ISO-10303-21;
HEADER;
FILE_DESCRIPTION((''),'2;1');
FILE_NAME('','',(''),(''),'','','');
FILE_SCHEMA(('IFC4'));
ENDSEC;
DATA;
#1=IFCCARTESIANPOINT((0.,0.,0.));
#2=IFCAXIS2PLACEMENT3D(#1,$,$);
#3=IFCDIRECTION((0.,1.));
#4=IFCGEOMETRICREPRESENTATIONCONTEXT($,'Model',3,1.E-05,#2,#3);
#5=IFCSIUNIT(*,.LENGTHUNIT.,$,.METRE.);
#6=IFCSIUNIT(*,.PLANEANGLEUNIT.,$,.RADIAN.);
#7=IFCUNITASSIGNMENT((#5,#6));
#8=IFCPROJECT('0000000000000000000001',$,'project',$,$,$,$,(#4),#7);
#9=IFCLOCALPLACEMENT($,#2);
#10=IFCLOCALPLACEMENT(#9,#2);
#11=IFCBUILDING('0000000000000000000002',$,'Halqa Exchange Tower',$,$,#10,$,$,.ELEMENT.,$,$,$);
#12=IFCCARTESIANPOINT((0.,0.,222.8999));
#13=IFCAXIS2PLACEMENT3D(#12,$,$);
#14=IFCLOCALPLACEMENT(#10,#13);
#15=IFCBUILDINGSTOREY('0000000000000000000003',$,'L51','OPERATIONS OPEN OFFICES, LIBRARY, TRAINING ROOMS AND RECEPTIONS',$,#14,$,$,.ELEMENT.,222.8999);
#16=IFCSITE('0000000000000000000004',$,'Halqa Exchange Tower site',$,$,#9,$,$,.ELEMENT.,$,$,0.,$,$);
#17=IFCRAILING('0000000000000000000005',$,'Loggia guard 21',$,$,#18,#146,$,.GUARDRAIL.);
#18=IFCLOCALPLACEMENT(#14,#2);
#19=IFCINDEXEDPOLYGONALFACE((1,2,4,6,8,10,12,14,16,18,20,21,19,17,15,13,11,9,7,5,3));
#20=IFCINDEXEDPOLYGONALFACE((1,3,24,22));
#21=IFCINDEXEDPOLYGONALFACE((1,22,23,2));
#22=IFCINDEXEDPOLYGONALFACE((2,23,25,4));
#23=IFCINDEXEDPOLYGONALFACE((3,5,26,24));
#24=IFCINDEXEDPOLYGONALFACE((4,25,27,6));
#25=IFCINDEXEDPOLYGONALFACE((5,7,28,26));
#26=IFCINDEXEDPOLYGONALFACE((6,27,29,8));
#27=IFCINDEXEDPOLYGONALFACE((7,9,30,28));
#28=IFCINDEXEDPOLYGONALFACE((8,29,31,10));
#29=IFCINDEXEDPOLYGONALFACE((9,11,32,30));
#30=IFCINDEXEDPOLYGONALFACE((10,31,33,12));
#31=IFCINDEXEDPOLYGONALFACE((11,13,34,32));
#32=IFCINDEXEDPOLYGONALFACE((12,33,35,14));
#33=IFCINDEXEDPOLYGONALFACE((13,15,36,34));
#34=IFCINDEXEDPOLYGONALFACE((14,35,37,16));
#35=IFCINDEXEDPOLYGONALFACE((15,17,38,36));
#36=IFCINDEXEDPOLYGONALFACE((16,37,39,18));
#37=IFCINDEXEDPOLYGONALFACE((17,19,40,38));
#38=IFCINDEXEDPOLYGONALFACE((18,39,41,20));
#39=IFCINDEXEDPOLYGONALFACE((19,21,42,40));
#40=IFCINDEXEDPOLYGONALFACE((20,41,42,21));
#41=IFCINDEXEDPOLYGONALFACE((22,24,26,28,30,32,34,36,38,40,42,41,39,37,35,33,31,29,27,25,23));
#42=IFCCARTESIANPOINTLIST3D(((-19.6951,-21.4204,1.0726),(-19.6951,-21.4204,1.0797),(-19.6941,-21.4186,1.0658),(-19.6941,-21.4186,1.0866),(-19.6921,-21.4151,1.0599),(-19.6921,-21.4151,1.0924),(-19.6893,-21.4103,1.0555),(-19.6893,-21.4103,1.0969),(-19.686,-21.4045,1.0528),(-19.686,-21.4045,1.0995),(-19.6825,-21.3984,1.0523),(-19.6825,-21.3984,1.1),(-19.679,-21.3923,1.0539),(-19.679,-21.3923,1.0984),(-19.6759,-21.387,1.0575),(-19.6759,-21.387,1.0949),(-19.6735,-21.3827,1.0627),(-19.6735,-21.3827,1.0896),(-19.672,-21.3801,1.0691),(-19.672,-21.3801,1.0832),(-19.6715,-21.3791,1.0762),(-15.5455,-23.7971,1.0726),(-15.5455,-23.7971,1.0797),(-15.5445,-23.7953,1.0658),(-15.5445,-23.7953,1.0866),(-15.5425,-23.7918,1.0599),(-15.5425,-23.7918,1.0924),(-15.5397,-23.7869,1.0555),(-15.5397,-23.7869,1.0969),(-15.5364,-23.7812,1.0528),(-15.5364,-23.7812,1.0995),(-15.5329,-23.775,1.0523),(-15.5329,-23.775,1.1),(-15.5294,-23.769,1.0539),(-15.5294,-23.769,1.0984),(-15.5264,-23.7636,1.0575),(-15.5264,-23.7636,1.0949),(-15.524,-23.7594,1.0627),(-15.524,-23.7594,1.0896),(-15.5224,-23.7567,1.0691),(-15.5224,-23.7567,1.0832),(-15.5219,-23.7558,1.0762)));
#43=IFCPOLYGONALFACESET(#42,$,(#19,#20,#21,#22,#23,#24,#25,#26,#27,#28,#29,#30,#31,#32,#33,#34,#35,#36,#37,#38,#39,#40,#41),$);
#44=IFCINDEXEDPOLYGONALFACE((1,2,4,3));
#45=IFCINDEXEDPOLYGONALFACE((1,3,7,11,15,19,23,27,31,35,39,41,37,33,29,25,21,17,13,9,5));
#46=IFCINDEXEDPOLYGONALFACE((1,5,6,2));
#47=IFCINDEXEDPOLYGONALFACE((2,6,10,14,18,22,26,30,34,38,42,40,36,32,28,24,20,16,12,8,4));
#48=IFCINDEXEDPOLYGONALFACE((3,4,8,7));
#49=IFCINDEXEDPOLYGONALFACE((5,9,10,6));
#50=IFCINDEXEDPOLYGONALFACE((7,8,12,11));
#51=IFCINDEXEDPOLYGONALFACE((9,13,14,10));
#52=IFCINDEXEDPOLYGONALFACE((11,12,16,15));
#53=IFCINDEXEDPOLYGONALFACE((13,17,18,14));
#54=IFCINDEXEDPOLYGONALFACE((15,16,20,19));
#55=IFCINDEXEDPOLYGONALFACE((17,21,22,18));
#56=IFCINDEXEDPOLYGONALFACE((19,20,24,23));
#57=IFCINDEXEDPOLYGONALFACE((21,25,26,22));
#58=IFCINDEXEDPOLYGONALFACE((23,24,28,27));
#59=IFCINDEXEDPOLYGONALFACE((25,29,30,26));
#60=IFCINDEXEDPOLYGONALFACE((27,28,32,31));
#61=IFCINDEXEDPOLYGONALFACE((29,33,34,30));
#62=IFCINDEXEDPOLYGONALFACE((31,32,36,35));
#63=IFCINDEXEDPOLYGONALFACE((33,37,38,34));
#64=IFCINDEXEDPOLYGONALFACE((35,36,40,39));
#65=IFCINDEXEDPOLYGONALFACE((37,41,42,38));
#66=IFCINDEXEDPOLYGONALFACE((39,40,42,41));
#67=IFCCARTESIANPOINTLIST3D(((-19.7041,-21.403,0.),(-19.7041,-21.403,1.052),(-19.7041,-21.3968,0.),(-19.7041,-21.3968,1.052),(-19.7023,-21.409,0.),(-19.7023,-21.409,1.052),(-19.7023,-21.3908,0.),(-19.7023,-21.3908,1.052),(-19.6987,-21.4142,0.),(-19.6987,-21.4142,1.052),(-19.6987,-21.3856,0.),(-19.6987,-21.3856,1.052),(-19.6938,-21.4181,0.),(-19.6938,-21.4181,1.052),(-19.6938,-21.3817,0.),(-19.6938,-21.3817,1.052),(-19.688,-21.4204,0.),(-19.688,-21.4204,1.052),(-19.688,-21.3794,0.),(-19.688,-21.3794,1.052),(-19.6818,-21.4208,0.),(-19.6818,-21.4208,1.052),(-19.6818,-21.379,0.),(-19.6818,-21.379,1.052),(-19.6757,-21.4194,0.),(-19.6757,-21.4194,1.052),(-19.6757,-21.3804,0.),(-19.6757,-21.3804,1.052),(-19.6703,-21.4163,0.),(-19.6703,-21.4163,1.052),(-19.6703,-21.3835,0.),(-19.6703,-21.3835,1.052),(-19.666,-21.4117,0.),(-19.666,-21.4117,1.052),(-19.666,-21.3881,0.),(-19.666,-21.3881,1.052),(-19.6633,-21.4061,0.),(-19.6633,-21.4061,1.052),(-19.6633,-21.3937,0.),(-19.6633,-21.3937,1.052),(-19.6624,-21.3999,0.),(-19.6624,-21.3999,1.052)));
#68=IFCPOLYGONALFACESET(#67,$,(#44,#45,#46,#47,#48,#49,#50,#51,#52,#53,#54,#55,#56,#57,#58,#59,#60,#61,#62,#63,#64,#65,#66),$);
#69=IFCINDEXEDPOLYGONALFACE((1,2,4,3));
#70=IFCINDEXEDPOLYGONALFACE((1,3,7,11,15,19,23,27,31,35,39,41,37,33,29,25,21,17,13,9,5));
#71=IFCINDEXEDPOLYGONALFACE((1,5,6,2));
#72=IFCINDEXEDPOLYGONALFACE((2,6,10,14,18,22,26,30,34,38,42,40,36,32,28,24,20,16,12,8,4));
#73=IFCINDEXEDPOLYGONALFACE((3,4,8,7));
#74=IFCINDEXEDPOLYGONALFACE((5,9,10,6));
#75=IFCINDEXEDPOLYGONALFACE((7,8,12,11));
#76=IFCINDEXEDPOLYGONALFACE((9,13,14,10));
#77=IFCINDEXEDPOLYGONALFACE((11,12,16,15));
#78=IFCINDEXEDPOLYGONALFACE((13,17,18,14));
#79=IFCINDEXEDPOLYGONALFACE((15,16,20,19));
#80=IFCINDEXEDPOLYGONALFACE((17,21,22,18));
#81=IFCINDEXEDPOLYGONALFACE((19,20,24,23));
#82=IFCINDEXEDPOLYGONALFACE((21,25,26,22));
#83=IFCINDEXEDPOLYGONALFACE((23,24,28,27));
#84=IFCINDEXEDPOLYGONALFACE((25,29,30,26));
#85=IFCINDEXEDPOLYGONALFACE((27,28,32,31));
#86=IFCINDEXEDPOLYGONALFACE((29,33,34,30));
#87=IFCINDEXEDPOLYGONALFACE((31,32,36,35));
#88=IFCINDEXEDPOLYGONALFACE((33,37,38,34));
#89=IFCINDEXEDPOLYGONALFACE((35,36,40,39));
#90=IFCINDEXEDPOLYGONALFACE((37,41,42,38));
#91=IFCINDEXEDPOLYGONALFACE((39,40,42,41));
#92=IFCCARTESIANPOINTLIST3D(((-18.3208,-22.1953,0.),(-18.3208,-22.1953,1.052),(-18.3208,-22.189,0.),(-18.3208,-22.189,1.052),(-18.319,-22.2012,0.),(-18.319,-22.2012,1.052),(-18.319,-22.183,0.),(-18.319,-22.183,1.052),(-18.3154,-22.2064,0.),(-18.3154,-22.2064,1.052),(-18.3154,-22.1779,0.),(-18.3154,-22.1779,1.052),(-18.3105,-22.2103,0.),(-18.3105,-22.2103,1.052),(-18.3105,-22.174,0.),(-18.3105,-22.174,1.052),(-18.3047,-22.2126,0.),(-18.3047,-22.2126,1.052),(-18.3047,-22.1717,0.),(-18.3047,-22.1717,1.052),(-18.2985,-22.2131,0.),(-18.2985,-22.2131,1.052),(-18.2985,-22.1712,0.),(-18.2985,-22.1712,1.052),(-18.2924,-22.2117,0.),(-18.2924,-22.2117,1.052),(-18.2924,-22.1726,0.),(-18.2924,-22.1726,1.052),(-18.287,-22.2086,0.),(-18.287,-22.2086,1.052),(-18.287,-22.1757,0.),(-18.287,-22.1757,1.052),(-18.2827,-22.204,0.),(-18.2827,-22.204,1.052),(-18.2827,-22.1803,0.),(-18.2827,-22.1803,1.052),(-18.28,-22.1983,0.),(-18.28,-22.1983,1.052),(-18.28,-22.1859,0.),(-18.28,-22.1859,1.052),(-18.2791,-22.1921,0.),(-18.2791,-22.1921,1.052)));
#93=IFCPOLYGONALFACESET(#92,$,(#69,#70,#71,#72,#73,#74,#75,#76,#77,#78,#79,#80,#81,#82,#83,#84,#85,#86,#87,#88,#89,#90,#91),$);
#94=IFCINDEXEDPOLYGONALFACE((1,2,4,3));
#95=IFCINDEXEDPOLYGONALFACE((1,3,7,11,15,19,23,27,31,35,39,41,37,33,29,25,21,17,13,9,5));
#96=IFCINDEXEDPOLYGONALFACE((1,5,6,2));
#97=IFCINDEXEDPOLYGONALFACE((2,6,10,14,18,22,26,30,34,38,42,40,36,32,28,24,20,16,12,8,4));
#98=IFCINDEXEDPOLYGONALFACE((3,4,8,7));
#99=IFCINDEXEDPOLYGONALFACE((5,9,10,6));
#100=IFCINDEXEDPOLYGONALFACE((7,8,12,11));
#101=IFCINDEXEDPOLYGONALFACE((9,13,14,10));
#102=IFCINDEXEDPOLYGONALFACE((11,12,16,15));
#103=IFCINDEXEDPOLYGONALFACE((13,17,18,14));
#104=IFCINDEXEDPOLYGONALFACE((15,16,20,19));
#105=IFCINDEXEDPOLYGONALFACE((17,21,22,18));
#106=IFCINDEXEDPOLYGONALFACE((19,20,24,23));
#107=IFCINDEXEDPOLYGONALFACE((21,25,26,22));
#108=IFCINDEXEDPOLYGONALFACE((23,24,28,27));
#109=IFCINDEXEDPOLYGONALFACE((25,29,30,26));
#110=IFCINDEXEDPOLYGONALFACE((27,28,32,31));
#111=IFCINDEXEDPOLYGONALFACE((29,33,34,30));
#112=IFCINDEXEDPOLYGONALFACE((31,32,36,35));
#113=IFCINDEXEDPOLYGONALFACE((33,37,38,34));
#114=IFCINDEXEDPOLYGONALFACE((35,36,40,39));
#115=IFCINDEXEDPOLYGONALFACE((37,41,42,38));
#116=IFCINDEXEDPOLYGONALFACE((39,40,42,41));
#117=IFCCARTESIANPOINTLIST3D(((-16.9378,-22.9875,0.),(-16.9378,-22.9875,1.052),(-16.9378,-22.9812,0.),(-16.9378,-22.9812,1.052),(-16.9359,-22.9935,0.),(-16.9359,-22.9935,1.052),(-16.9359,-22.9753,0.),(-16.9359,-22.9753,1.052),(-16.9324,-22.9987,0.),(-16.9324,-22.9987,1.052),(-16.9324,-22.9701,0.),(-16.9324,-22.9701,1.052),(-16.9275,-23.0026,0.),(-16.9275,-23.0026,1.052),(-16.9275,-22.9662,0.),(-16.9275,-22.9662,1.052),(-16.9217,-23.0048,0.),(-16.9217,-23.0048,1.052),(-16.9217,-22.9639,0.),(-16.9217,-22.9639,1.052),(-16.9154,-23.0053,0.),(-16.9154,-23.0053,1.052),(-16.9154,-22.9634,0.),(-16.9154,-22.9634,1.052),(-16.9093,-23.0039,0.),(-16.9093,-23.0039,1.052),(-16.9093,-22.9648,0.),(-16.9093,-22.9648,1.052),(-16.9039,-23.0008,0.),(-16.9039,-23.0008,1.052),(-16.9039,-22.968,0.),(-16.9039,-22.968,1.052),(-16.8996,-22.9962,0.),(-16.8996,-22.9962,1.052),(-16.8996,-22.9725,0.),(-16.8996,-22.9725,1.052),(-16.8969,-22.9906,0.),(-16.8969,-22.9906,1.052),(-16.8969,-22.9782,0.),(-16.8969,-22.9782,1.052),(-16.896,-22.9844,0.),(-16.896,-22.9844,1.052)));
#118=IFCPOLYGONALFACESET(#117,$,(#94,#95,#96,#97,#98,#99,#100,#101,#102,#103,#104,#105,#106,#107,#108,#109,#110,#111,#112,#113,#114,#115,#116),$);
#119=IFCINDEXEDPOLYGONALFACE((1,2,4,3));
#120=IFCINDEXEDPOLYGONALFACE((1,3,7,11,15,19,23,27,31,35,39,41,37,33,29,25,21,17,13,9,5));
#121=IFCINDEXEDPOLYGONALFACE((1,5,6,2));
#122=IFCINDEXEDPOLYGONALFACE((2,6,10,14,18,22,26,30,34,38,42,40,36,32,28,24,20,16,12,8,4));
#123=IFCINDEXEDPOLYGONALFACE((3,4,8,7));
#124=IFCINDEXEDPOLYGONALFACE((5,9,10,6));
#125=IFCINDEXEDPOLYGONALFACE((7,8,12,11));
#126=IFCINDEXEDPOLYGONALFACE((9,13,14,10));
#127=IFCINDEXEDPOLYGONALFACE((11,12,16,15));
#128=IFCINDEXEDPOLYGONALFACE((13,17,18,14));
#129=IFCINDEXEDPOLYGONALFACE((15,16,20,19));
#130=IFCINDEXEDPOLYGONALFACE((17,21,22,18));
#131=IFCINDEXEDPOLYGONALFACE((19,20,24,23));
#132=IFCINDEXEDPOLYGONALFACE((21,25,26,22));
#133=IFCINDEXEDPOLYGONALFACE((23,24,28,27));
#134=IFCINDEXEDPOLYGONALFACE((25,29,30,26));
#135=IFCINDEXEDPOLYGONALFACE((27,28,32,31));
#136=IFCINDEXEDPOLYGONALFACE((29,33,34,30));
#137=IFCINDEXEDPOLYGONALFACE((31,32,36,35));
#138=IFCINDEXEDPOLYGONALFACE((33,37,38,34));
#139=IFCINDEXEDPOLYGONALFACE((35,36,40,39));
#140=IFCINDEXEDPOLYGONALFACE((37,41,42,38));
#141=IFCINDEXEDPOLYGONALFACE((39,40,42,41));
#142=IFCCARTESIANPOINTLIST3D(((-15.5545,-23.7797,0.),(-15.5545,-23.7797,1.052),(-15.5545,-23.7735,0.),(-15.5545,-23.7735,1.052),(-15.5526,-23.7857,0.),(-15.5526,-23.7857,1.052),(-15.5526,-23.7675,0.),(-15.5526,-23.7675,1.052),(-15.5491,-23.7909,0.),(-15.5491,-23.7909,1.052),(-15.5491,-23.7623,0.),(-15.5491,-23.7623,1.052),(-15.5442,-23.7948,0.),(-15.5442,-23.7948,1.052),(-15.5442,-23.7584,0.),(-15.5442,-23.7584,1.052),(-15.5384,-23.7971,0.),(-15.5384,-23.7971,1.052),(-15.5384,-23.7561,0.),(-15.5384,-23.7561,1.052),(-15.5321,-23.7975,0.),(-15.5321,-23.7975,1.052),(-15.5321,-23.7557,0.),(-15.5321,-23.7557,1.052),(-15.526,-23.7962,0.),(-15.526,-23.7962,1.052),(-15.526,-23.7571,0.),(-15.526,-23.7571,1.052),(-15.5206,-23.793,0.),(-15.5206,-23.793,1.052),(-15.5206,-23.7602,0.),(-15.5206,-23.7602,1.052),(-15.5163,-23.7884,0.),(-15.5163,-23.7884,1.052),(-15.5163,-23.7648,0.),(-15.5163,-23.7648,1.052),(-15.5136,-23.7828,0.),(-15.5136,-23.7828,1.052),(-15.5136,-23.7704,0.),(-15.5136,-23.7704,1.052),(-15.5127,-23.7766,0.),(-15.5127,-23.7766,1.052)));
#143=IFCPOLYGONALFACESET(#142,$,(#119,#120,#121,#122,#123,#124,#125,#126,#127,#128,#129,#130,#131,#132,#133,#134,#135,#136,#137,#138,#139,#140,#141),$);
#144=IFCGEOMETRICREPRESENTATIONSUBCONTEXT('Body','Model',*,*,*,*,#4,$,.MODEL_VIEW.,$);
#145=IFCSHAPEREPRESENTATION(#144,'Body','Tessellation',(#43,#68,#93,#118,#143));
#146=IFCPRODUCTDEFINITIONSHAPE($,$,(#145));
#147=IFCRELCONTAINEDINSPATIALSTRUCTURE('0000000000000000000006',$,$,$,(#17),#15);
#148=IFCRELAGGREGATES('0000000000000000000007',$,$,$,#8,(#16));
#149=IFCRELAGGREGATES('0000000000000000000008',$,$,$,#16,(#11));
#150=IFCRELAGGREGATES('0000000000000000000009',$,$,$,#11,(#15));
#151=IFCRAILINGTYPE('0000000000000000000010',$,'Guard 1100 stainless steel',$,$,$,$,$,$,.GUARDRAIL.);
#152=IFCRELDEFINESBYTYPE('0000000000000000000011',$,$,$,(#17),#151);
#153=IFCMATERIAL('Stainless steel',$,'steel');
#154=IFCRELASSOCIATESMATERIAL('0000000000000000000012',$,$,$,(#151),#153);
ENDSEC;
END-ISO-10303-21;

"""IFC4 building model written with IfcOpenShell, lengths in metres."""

from ifc_helpers import new_model, si_unit, direction, frame, origin, origin_2d, place, context, subcontext, project, spatial, circle, extrude, material, type_object, element, save


model = new_model("IFC4")

# Units and contexts
model_context = context("Model", 3, precision=1e-05, world=origin(), true_north=direction((0.0, 1.0)))
body_context = subcontext(model_context, "Body", "Model", "MODEL_VIEW")
ifc_project = project(units=[si_unit("LENGTHUNIT", "METRE"), si_unit("PLANEANGLEUNIT", "RADIAN")], contexts=[model_context])

# Site, building, storey
site_placement = place(None, origin())
site = spatial("IfcSite", under=ifc_project, at=site_placement, Name="Halqa Exchange Tower site", CompositionType="ELEMENT", RefElevation=0.0)
building_placement = place(site_placement, origin())
building = spatial("IfcBuilding", under=site, at=building_placement, Name="Halqa Exchange Tower", CompositionType="ELEMENT")
storey_placement = place(building_placement, frame((0.0, 0.0, 222.8999)))
storey = spatial("IfcBuildingStorey", under=building, at=storey_placement, Name="L51", Description="OPERATIONS OPEN OFFICES, LIBRARY, TRAINING ROOMS AND RECEPTIONS", CompositionType="ELEMENT", Elevation=222.8999)

# Railing
ifc_material_1 = material(Name="Stainless steel", Category="steel")
railing_type = type_object("IfcRailingType", Name="Guard 1100 stainless steel", PredefinedType="GUARDRAIL", material=ifc_material_1)
railing_1_placement = place(storey_placement, frame((-19.6833, -21.3999, 0.0)))
element("IfcRailing", 1, at=railing_1_placement, inside=storey, type_object=railing_type, Name="Loggia guard 21", PredefinedType="GUARDRAIL", context=body_context, shape_type="SweptSolid", body=[
    extrude(circle(Radius=0.0239, at=origin_2d()), frame((0.0, 0.0, 1.0762), z_axis=(0.867749, -0.497002, 0.0), x_axis=(0.497002, 0.867749, 0.0)), (0.0, 0.0, 1.0), 4.782),
    extrude(circle(Radius=0.021, at=origin_2d()), origin(), (0.0, 0.0, 1.0), 1.052),
    extrude(circle(Radius=0.021, at=origin_2d()), frame((1.3833, -0.7922, 0.0)), (0.0, 0.0, 1.0), 1.052),
    extrude(circle(Radius=0.021, at=origin_2d()), frame((2.7664, -1.5845, 0.0)), (0.0, 0.0, 1.0), 1.052),
    extrude(circle(Radius=0.021, at=origin_2d()), frame((4.1497, -2.3767, 0.0)), (0.0, 0.0, 1.0), 1.052),
])

save(model, "model.ifc")
